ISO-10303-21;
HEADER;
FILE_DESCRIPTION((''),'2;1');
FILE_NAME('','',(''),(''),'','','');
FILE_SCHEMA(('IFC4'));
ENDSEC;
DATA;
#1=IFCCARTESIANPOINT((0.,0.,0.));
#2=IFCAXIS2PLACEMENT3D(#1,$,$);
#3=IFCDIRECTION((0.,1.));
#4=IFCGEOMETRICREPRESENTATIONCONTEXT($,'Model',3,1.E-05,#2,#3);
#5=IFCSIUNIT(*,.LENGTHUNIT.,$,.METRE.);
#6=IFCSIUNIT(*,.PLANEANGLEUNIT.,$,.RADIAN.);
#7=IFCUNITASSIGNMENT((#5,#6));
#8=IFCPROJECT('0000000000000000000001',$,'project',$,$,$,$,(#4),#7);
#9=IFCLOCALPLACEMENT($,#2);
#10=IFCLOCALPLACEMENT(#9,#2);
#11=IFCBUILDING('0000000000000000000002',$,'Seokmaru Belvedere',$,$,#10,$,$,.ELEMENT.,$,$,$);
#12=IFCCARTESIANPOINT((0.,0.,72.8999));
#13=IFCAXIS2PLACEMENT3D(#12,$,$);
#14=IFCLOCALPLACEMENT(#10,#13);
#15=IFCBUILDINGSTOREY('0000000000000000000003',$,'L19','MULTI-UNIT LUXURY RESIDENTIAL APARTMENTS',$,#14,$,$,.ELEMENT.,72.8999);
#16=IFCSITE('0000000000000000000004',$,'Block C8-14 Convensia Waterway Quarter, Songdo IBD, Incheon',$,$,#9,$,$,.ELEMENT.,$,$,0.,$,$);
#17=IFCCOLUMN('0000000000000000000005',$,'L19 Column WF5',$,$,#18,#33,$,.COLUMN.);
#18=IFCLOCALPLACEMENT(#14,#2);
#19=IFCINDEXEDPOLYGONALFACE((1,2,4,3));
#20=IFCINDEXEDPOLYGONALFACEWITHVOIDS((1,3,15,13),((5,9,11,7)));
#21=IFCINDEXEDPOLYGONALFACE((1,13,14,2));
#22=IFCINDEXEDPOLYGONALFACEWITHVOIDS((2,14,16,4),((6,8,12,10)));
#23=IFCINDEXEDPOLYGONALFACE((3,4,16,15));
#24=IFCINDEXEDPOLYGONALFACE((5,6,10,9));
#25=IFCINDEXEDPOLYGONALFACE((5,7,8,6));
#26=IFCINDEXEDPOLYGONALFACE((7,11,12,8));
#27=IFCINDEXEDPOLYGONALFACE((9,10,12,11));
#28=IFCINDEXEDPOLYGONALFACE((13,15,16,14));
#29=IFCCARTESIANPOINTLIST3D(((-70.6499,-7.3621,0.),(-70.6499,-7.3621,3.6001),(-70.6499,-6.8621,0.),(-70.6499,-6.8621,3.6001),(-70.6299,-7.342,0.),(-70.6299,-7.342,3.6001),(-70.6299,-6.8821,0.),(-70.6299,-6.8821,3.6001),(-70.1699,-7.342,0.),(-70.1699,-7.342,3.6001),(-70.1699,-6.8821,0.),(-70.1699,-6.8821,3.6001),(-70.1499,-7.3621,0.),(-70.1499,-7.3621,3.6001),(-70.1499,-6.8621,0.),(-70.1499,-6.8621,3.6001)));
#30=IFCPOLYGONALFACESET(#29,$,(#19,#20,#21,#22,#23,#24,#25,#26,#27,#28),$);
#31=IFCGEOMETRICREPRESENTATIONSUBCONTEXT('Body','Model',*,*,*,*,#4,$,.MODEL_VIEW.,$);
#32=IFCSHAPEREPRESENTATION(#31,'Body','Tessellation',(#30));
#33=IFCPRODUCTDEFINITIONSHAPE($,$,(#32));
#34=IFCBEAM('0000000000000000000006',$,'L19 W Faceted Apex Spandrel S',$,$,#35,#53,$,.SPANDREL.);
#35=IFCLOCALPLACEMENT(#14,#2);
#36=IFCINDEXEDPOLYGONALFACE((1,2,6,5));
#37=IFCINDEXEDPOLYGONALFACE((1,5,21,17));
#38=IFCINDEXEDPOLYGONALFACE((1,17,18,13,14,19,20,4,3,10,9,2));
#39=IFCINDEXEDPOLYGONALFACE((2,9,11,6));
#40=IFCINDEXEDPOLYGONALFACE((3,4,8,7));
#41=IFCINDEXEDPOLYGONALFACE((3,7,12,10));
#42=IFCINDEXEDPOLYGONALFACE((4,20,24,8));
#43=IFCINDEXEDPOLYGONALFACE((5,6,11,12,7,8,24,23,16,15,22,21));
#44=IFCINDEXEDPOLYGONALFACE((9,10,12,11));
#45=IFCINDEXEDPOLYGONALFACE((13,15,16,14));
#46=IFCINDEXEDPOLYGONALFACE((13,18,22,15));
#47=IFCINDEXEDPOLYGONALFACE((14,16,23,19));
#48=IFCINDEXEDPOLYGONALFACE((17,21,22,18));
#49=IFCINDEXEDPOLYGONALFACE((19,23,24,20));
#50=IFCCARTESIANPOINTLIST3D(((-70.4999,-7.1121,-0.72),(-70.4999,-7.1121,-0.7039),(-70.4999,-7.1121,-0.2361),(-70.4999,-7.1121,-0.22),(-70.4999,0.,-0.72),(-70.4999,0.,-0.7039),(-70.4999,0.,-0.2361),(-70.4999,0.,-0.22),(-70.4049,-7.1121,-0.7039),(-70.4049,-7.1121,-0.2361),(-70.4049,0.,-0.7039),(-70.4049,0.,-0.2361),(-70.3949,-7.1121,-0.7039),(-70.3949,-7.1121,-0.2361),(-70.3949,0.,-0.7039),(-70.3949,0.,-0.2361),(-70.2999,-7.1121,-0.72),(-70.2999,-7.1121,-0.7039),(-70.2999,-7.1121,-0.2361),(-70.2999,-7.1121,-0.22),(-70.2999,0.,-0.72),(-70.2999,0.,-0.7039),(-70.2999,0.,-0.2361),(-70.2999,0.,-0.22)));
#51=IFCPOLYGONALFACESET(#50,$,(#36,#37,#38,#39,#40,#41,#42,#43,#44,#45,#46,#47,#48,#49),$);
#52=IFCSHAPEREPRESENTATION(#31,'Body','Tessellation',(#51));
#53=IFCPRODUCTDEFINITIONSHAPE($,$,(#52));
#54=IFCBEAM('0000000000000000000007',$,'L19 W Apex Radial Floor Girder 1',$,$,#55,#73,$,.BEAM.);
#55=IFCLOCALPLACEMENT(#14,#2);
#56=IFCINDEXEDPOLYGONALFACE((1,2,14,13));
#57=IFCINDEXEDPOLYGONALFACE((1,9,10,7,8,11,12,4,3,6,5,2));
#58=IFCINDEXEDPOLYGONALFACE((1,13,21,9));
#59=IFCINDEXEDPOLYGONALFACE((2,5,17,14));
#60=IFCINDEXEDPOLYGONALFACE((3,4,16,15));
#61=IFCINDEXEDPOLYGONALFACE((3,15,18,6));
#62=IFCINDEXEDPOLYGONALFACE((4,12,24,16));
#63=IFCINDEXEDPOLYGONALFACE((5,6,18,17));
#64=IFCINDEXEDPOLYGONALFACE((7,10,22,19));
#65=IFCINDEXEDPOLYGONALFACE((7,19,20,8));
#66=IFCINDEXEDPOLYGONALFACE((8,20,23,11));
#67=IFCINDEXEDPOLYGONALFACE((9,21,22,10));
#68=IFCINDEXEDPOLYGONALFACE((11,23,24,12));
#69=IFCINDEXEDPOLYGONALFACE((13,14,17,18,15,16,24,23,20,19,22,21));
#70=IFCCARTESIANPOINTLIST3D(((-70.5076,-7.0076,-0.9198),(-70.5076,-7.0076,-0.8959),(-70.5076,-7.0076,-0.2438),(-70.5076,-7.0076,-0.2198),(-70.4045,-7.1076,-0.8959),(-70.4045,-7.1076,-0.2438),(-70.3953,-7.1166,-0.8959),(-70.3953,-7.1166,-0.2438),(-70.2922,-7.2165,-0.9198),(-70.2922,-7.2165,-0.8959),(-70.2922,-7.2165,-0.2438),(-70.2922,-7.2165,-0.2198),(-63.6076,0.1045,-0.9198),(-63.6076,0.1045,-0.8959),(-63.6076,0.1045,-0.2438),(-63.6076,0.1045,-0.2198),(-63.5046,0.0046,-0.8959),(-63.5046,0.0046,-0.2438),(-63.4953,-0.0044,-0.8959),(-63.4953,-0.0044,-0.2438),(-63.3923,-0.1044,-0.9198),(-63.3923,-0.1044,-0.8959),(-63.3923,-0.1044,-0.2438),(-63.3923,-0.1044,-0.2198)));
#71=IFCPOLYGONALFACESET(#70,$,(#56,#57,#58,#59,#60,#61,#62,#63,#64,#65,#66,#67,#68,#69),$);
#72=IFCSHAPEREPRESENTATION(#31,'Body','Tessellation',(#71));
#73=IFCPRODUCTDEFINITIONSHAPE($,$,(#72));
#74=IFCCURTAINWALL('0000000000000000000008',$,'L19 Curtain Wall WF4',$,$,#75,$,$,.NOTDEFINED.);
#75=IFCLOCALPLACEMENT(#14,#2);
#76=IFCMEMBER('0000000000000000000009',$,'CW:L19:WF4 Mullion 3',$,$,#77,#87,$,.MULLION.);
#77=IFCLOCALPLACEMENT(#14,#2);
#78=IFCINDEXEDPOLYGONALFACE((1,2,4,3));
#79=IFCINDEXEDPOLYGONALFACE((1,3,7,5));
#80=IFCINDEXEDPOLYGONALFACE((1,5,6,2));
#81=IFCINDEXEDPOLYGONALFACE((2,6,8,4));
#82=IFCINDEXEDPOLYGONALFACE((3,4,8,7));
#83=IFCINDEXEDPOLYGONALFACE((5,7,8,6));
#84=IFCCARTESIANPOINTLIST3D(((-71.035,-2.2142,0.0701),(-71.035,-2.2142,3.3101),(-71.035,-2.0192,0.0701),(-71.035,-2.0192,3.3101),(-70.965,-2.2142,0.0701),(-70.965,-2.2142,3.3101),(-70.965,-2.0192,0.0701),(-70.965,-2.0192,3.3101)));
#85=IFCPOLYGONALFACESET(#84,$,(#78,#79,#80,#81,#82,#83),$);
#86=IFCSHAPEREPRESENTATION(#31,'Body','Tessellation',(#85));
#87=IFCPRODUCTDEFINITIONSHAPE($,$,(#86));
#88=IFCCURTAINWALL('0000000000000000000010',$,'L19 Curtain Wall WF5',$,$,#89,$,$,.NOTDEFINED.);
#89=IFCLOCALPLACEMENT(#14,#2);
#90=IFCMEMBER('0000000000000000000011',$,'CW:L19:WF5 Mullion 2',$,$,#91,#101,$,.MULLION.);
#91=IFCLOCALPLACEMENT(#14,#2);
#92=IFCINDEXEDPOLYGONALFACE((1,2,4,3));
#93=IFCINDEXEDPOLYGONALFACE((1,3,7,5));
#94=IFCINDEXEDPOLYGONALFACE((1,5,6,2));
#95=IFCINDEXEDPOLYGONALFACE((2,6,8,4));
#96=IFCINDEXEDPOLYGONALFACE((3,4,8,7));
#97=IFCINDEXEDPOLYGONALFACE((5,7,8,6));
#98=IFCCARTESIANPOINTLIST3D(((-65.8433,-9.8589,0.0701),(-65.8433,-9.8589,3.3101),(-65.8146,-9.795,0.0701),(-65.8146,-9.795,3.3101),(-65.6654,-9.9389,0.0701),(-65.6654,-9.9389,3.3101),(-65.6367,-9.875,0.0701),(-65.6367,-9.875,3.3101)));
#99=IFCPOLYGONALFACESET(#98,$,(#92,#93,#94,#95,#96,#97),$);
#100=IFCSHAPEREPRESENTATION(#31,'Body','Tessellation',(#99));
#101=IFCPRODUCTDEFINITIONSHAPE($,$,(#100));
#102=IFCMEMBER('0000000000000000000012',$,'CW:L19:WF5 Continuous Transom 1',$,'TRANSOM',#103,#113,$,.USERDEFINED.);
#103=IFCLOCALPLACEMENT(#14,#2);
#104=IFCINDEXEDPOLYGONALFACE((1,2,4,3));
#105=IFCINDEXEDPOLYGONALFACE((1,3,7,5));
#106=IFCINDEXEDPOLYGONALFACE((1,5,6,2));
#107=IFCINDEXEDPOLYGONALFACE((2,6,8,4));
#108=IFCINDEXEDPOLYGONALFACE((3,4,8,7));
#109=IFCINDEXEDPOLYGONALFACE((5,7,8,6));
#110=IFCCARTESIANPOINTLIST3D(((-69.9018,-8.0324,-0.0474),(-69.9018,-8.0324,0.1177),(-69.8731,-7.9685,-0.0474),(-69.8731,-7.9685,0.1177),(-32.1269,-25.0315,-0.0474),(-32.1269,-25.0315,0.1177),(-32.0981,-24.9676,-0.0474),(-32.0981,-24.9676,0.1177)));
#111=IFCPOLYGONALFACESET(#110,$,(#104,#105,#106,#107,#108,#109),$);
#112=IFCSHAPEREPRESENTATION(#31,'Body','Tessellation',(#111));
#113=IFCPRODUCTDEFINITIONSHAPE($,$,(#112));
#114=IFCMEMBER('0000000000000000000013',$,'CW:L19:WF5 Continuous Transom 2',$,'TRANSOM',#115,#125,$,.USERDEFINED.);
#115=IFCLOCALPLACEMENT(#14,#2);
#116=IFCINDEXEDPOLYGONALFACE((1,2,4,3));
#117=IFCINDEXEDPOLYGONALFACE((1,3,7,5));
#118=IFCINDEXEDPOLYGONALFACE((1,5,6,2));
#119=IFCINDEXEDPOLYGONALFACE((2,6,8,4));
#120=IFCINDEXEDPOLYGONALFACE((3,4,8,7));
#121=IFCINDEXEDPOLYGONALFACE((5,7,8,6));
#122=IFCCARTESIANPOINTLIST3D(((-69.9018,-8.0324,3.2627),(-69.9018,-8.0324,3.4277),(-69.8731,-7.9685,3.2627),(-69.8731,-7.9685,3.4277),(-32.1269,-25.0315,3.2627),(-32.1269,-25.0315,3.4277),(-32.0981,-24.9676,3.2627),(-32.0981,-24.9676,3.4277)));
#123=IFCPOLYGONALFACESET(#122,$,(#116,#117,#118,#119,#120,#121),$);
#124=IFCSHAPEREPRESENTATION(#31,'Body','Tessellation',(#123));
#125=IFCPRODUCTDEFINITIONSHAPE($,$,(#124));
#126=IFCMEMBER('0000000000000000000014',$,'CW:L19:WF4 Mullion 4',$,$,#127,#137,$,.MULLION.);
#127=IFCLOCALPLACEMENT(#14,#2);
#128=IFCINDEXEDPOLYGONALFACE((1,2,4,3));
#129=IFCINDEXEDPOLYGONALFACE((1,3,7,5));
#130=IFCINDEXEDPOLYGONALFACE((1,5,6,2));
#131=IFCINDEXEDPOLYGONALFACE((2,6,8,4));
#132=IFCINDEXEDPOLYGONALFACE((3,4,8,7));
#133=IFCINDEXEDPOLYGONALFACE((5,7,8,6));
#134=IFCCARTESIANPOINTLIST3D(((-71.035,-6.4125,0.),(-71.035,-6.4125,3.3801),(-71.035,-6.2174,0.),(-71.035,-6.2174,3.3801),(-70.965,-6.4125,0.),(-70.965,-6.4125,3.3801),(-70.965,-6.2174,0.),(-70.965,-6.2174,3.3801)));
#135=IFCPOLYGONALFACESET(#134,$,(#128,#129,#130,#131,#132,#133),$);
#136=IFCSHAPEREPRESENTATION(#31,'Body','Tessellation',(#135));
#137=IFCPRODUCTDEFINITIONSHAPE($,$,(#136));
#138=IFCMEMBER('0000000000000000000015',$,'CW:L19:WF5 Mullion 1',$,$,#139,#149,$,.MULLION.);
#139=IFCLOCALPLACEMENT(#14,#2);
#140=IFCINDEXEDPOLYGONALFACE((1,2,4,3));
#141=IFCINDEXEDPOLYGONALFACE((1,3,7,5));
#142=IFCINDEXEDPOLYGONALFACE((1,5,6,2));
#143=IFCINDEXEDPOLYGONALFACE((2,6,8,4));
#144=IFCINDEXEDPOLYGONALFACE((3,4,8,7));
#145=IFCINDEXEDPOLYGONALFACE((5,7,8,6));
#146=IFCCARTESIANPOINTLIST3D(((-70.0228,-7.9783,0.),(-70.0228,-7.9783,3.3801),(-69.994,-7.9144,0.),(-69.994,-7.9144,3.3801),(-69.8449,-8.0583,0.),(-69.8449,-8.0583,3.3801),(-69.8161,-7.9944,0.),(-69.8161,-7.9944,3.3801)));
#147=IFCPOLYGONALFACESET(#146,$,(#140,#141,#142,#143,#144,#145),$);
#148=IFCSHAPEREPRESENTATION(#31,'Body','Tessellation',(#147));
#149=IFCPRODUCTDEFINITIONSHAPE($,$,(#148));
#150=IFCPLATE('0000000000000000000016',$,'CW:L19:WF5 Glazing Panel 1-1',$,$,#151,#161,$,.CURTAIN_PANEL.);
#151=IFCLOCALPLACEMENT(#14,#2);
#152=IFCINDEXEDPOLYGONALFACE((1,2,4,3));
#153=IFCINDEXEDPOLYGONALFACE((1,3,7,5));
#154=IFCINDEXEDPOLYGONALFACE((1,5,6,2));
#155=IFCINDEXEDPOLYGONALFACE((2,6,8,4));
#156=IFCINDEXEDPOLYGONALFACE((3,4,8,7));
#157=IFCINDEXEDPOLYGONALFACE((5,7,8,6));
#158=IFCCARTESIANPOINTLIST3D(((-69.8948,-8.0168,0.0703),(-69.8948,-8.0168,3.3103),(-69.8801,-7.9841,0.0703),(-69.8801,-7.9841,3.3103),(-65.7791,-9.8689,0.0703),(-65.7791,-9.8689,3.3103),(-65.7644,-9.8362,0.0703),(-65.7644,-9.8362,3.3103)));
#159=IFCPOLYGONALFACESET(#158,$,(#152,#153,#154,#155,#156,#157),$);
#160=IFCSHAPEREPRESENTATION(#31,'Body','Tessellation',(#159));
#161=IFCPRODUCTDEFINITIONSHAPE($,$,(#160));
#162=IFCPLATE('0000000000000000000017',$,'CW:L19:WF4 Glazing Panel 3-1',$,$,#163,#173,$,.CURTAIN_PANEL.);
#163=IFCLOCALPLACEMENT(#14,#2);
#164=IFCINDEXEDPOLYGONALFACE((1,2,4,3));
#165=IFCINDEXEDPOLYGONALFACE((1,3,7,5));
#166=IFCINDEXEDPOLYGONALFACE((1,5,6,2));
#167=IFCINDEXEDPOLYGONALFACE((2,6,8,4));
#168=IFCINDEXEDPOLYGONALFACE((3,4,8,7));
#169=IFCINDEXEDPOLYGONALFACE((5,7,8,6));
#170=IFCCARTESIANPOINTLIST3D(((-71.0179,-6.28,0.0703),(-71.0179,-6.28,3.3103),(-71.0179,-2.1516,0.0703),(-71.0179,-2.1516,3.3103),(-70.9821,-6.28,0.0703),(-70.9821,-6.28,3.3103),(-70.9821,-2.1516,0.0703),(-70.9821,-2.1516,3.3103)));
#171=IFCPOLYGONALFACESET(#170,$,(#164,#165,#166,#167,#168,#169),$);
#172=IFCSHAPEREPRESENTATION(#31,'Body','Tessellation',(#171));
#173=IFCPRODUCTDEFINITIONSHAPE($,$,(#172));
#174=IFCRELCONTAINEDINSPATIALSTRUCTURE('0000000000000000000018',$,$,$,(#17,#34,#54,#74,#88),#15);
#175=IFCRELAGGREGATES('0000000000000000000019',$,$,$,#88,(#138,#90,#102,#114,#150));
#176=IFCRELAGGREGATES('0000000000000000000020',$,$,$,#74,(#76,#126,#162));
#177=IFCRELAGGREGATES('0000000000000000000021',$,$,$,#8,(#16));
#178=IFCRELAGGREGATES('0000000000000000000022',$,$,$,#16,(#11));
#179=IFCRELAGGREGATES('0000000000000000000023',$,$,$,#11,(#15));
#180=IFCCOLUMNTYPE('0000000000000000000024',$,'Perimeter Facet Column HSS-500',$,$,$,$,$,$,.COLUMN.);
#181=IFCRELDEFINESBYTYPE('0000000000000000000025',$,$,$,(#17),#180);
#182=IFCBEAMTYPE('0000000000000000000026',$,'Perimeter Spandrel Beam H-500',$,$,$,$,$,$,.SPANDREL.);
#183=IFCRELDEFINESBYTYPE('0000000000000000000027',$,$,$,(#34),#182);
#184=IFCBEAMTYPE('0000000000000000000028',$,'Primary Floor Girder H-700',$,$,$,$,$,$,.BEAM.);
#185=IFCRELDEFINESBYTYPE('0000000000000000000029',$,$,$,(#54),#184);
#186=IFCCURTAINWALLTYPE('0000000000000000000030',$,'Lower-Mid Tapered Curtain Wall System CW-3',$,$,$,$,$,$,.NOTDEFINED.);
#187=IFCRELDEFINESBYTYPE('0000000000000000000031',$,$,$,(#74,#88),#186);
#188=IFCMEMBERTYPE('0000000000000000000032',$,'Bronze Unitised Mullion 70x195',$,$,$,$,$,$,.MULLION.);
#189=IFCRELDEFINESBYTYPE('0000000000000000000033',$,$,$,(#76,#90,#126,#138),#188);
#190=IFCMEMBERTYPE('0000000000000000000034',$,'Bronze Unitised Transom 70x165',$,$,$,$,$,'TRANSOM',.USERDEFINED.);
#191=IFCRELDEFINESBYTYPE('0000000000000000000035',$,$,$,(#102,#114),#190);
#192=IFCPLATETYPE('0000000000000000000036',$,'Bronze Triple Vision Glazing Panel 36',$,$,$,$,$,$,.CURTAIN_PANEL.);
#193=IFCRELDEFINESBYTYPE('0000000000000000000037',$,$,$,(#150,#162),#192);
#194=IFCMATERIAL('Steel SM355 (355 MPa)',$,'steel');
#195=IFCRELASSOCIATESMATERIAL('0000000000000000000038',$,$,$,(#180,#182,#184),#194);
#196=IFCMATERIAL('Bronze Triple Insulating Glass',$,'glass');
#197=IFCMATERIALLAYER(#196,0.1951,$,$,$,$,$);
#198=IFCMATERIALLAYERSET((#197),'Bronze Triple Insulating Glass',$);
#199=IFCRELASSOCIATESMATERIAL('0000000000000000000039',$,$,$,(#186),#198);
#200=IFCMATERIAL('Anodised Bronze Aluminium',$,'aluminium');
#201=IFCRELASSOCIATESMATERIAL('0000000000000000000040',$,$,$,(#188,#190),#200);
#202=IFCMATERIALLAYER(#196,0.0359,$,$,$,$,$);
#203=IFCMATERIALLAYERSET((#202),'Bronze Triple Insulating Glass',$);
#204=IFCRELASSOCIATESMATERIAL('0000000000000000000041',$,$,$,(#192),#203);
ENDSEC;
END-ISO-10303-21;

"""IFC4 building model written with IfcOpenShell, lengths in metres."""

from ifc_helpers import new_model, si_unit, direction, frame, origin, origin_2d, place, context, subcontext, project, spatial, rectangle, hollow_rectangle, i_section, extrude, source, transform, mapped, material, layer, layer_set, material_profile, profile_set, type_object, type_shapes, element, aggregate, save


model = new_model("IFC4")

# Units and contexts
model_context = context("Model", 3, precision=1e-05, world=origin(), true_north=direction((0.0, 1.0)))
body_context = subcontext(model_context, "Body", "Model", "MODEL_VIEW")
ifc_project = project(units=[si_unit("LENGTHUNIT", "METRE"), si_unit("PLANEANGLEUNIT", "RADIAN")], contexts=[model_context])

# Site, building, storey
site_placement = place(None, origin())
site = spatial("IfcSite", under=ifc_project, at=site_placement, Name="Block C8-14 Convensia Waterway Quarter, Songdo IBD, Incheon", CompositionType="ELEMENT", RefElevation=0.0)
building_placement = place(site_placement, origin())
building = spatial("IfcBuilding", under=site, at=building_placement, Name="Seokmaru Belvedere", CompositionType="ELEMENT")
storey_placement = place(building_placement, frame((0.0, 0.0, 72.8999)))
storey = spatial("IfcBuildingStorey", under=building, at=storey_placement, Name="L19", Description="MULTI-UNIT LUXURY RESIDENTIAL APARTMENTS", CompositionType="ELEMENT", Elevation=72.8999)

# Column
ifc_material_1 = material(Name="Steel SM355 (355 MPa)", Category="steel")
ifc_material_profile_1 = material_profile(ifc_material_1, hollow_rectangle(XDim=0.5, YDim=0.5, WallThickness=0.02, at=origin_2d()), Name="HSS-500x500x20")
ifc_profile_set_1 = profile_set([ifc_material_profile_1], Name="Steel SM355 (355 MPa)")
column_type = type_object("IfcColumnType", Name="Perimeter Facet Column HSS-500", PredefinedType="COLUMN", material=ifc_profile_set_1)
shared_shape_1 = source(origin(), body_context, "Body", "SweptSolid", [
    extrude(hollow_rectangle(XDim=0.5, YDim=0.5, WallThickness=0.02, at=origin_2d()), origin(), (0.0, 0.0, 1.0), 3.6001),
])
type_shapes(column_type, [shared_shape_1])
column_placement = place(storey_placement, frame((-70.3999, -7.1121, 0.0), z_axis=(0.0, 0.0, 1.0), x_axis=(1.0, 0.0, 0.0)))
element("IfcColumn", 1, at=column_placement, inside=storey, type_object=column_type, Name="L19 Column WF5", PredefinedType="COLUMN", context=body_context, shape_type="MappedRepresentation", body=[
    mapped(shared_shape_1, transform((0.0, 0.0, 0.0), scale=1.0)),
])

# Beams
ifc_material_profile_2 = material_profile(ifc_material_1, i_section(OverallWidth=0.2, OverallDepth=0.5, WebThickness=0.01, FlangeThickness=0.0161, at=origin_2d()), Name="H-500x200x10x16")
ifc_profile_set_2 = profile_set([ifc_material_profile_2], Name="Steel SM355 (355 MPa)")
beam_type_1 = type_object("IfcBeamType", Name="Perimeter Spandrel Beam H-500", PredefinedType="SPANDREL", material=ifc_profile_set_2)
shared_shape_2 = source(origin(), body_context, "Body", "SweptSolid", [
    extrude(i_section(OverallWidth=0.2, OverallDepth=0.5, WebThickness=0.01, FlangeThickness=0.0161, at=origin_2d()), origin(), (0.0, 0.0, 1.0), 7.1121),
])
type_shapes(beam_type_1, [shared_shape_2])
beam_1_placement = place(storey_placement, frame((-70.3999, -7.1121, -0.47), z_axis=(0.0, 1.0, 0.0), x_axis=(-1.0, 0.0, 0.0)))
element("IfcBeam", 2, at=beam_1_placement, inside=storey, type_object=beam_type_1, Name="L19 W Faceted Apex Spandrel S", PredefinedType="SPANDREL", context=body_context, shape_type="MappedRepresentation", body=[
    mapped(shared_shape_2, transform((0.0, 0.0, 0.0), scale=1.0)),
])
ifc_material_profile_3 = material_profile(ifc_material_1, i_section(OverallWidth=0.3, OverallDepth=0.7, WebThickness=0.0129, FlangeThickness=0.0239, at=origin_2d()), Name="H-700x300x13x24")
ifc_profile_set_3 = profile_set([ifc_material_profile_3], Name="Steel SM355 (355 MPa)")
beam_type_2 = type_object("IfcBeamType", Name="Primary Floor Girder H-700", PredefinedType="BEAM", material=ifc_profile_set_3)
shared_shape_3 = source(origin(), body_context, "Body", "SweptSolid", [
    extrude(i_section(OverallWidth=0.3, OverallDepth=0.7, WebThickness=0.0129, FlangeThickness=0.0239, at=origin_2d()), origin(), (0.0, 0.0, 1.0), 9.9092),
])
type_shapes(beam_type_2, [shared_shape_3])
beam_2_placement = place(storey_placement, frame((-70.3999, -7.1121, -0.5698), z_axis=(0.696321, 0.717731, 0.0), x_axis=(-0.717731, 0.696321, 0.0)))
element("IfcBeam", 3, at=beam_2_placement, inside=storey, type_object=beam_type_2, Name="L19 W Apex Radial Floor Girder 1", PredefinedType="BEAM", context=body_context, shape_type="MappedRepresentation", body=[
    mapped(shared_shape_3, transform((0.0, 0.0, 0.0), scale=1.0)),
])

# Curtain wall, member
ifc_material_2 = material(Name="Bronze Triple Insulating Glass", Category="glass")
ifc_layer_1 = layer(ifc_material_2, 0.1951)
ifc_layer_set_1 = layer_set([ifc_layer_1], Name="Bronze Triple Insulating Glass")
curtain_wall_type = type_object("IfcCurtainWallType", Name="Lower-Mid Tapered Curtain Wall System CW-3", PredefinedType="NOTDEFINED", material=ifc_layer_set_1)
curtain_wall_1_placement = place(storey_placement, origin())
curtain_wall_1 = element("IfcCurtainWall", 4, at=curtain_wall_1_placement, inside=storey, type_object=curtain_wall_type, Name="L19 Curtain Wall WF4", PredefinedType="NOTDEFINED")
ifc_material_3 = material(Name="Anodised Bronze Aluminium", Category="aluminium")
ifc_material_profile_4 = material_profile(ifc_material_3, rectangle(XDim=0.0701, YDim=0.1951, at=origin_2d()), Name="CW-M-70x195")
ifc_profile_set_4 = profile_set([ifc_material_profile_4], Name="Anodised Bronze Aluminium")
member_type_1 = type_object("IfcMemberType", Name="Bronze Unitised Mullion 70x195", PredefinedType="MULLION", material=ifc_profile_set_4)
shared_shape_4 = source(origin(), body_context, "Body", "SweptSolid", [
    extrude(rectangle(XDim=0.0701, YDim=0.1951, at=origin_2d()), origin(), (0.0, 0.0, 1.0), 3.24),
])
member_1_placement = place(storey_placement, frame((-71.0, -2.1167, 0.0701), z_axis=(0.0, 0.0, 1.0), x_axis=(1.0, 0.0, 0.0)))
member_1 = element("IfcMember", 5, at=member_1_placement, type_object=member_type_1, Name="CW:L19:WF4 Mullion 3", PredefinedType="MULLION", context=body_context, shape_type="MappedRepresentation", body=[
    mapped(shared_shape_4, transform((0.0, 0.0, 0.0), scale=1.0)),
])

# Curtain wall, members
curtain_wall_2_placement = place(storey_placement, origin())
curtain_wall_2 = element("IfcCurtainWall", 6, at=curtain_wall_2_placement, inside=storey, type_object=curtain_wall_type, Name="L19 Curtain Wall WF5", PredefinedType="NOTDEFINED")
member_2_placement = place(storey_placement, frame((-65.74, -9.8669, 0.0701), z_axis=(0.0, 0.0, 1.0), x_axis=(0.410366, 0.911921, 0.0)))
member_2 = element("IfcMember", 7, at=member_2_placement, type_object=member_type_1, Name="CW:L19:WF5 Mullion 2", PredefinedType="MULLION", context=body_context, shape_type="MappedRepresentation", body=[
    mapped(shared_shape_4, transform((0.0, 0.0, 0.0), scale=1.0)),
])
ifc_material_profile_5 = material_profile(ifc_material_3, rectangle(XDim=0.0701, YDim=0.165, at=origin_2d()), Name="CW-T-70x165")
ifc_profile_set_5 = profile_set([ifc_material_profile_5], Name="Anodised Bronze Aluminium")
member_type_2 = type_object("IfcMemberType", Name="Bronze Unitised Transom 70x165", ElementType="TRANSOM", PredefinedType="USERDEFINED", material=ifc_profile_set_5)
shared_shape_5 = source(origin(), body_context, "Body", "SweptSolid", [
    extrude(rectangle(XDim=0.0701, YDim=0.165, at=origin_2d()), origin(), (0.0, 0.0, 1.0), 41.4236),
])
type_shapes(member_type_2, [shared_shape_5])
member_3_placement = place(storey_placement, frame((-69.8875, -8.0005, 0.0352), z_axis=(0.911919, -0.410371, 0.0), x_axis=(0.410371, 0.911919, 0.0)))
member_3 = element("IfcMember", 8, at=member_3_placement, type_object=member_type_2, Name="CW:L19:WF5 Continuous Transom 1", ObjectType="TRANSOM", PredefinedType="USERDEFINED", context=body_context, shape_type="MappedRepresentation", body=[
    mapped(shared_shape_5, transform((0.0, 0.0, 0.0), scale=1.0)),
])
member_4_placement = place(storey_placement, frame((-69.8875, -8.0005, 3.3452), z_axis=(0.911919, -0.410371, 0.0), x_axis=(0.410371, 0.911919, 0.0)))
member_4 = element("IfcMember", 9, at=member_4_placement, type_object=member_type_2, Name="CW:L19:WF5 Continuous Transom 2", ObjectType="TRANSOM", PredefinedType="USERDEFINED", context=body_context, shape_type="MappedRepresentation", body=[
    mapped(shared_shape_5, transform((0.0, 0.0, 0.0), scale=1.0)),
])

# Members
shared_shape_6 = source(origin(), body_context, "Body", "SweptSolid", [
    extrude(rectangle(XDim=0.0701, YDim=0.1951, at=origin_2d()), origin(), (0.0, 0.0, 1.0), 3.3801),
])
type_shapes(member_type_1, [shared_shape_4, shared_shape_6])
member_5_placement = place(storey_placement, frame((-71.0, -6.3149, 0.0), z_axis=(0.0, 0.0, 1.0), x_axis=(1.0, 0.0, 0.0)))
member_5 = element("IfcMember", 10, at=member_5_placement, type_object=member_type_1, Name="CW:L19:WF4 Mullion 4", PredefinedType="MULLION", context=body_context, shape_type="MappedRepresentation", body=[
    mapped(shared_shape_6, transform((0.0, 0.0, 0.0), scale=1.0)),
])
member_6_placement = place(storey_placement, frame((-69.9194, -7.9863, 0.0), z_axis=(0.0, 0.0, 1.0), x_axis=(0.410366, 0.911921, 0.0)))
member_6 = element("IfcMember", 11, at=member_6_placement, type_object=member_type_1, Name="CW:L19:WF5 Mullion 1", PredefinedType="MULLION", context=body_context, shape_type="MappedRepresentation", body=[
    mapped(shared_shape_6, transform((0.0, 0.0, 0.0), scale=1.0)),
])

# Plates
ifc_layer_2 = layer(ifc_material_2, 0.0359)
ifc_layer_set_2 = layer_set([ifc_layer_2], Name="Bronze Triple Insulating Glass")
plate_type = type_object("IfcPlateType", Name="Bronze Triple Vision Glazing Panel 36", PredefinedType="CURTAIN_PANEL", material=ifc_layer_set_2)
shared_shape_7 = source(origin(), body_context, "Body", "SweptSolid", [
    extrude(rectangle(XDim=4.5132, YDim=0.0359, at=origin_2d()), origin(), (0.0, 0.0, 1.0), 3.24),
])
plate_1_placement = place(storey_placement, frame((-67.8296, -8.9265, 0.0703), z_axis=(0.0, 0.0, 1.0), x_axis=(0.911921, -0.410366, 0.0)))
plate_1 = element("IfcPlate", 12, at=plate_1_placement, type_object=plate_type, Name="CW:L19:WF5 Glazing Panel 1-1", PredefinedType="CURTAIN_PANEL", context=body_context, shape_type="MappedRepresentation", body=[
    mapped(shared_shape_7, transform((0.0, 0.0, 0.0), scale=1.0)),
])
aggregate(curtain_wall_2, [member_6, member_2, member_3, member_4, plate_1])
shared_shape_8 = source(origin(), body_context, "Body", "SweptSolid", [
    extrude(rectangle(XDim=4.1284, YDim=0.0359, at=origin_2d()), origin(), (0.0, 0.0, 1.0), 3.24),
])
type_shapes(plate_type, [shared_shape_7, shared_shape_8])
plate_2_placement = place(storey_placement, frame((-71.0, -4.2158, 0.0703), z_axis=(0.0, 0.0, 1.0), x_axis=(0.0, -1.0, 0.0)))
plate_2 = element("IfcPlate", 13, at=plate_2_placement, type_object=plate_type, Name="CW:L19:WF4 Glazing Panel 3-1", PredefinedType="CURTAIN_PANEL", context=body_context, shape_type="MappedRepresentation", body=[
    mapped(shared_shape_8, transform((0.0, 0.0, 0.0), scale=1.0)),
])
aggregate(curtain_wall_1, [member_1, member_5, plate_2])

save(model, "model.ifc")
